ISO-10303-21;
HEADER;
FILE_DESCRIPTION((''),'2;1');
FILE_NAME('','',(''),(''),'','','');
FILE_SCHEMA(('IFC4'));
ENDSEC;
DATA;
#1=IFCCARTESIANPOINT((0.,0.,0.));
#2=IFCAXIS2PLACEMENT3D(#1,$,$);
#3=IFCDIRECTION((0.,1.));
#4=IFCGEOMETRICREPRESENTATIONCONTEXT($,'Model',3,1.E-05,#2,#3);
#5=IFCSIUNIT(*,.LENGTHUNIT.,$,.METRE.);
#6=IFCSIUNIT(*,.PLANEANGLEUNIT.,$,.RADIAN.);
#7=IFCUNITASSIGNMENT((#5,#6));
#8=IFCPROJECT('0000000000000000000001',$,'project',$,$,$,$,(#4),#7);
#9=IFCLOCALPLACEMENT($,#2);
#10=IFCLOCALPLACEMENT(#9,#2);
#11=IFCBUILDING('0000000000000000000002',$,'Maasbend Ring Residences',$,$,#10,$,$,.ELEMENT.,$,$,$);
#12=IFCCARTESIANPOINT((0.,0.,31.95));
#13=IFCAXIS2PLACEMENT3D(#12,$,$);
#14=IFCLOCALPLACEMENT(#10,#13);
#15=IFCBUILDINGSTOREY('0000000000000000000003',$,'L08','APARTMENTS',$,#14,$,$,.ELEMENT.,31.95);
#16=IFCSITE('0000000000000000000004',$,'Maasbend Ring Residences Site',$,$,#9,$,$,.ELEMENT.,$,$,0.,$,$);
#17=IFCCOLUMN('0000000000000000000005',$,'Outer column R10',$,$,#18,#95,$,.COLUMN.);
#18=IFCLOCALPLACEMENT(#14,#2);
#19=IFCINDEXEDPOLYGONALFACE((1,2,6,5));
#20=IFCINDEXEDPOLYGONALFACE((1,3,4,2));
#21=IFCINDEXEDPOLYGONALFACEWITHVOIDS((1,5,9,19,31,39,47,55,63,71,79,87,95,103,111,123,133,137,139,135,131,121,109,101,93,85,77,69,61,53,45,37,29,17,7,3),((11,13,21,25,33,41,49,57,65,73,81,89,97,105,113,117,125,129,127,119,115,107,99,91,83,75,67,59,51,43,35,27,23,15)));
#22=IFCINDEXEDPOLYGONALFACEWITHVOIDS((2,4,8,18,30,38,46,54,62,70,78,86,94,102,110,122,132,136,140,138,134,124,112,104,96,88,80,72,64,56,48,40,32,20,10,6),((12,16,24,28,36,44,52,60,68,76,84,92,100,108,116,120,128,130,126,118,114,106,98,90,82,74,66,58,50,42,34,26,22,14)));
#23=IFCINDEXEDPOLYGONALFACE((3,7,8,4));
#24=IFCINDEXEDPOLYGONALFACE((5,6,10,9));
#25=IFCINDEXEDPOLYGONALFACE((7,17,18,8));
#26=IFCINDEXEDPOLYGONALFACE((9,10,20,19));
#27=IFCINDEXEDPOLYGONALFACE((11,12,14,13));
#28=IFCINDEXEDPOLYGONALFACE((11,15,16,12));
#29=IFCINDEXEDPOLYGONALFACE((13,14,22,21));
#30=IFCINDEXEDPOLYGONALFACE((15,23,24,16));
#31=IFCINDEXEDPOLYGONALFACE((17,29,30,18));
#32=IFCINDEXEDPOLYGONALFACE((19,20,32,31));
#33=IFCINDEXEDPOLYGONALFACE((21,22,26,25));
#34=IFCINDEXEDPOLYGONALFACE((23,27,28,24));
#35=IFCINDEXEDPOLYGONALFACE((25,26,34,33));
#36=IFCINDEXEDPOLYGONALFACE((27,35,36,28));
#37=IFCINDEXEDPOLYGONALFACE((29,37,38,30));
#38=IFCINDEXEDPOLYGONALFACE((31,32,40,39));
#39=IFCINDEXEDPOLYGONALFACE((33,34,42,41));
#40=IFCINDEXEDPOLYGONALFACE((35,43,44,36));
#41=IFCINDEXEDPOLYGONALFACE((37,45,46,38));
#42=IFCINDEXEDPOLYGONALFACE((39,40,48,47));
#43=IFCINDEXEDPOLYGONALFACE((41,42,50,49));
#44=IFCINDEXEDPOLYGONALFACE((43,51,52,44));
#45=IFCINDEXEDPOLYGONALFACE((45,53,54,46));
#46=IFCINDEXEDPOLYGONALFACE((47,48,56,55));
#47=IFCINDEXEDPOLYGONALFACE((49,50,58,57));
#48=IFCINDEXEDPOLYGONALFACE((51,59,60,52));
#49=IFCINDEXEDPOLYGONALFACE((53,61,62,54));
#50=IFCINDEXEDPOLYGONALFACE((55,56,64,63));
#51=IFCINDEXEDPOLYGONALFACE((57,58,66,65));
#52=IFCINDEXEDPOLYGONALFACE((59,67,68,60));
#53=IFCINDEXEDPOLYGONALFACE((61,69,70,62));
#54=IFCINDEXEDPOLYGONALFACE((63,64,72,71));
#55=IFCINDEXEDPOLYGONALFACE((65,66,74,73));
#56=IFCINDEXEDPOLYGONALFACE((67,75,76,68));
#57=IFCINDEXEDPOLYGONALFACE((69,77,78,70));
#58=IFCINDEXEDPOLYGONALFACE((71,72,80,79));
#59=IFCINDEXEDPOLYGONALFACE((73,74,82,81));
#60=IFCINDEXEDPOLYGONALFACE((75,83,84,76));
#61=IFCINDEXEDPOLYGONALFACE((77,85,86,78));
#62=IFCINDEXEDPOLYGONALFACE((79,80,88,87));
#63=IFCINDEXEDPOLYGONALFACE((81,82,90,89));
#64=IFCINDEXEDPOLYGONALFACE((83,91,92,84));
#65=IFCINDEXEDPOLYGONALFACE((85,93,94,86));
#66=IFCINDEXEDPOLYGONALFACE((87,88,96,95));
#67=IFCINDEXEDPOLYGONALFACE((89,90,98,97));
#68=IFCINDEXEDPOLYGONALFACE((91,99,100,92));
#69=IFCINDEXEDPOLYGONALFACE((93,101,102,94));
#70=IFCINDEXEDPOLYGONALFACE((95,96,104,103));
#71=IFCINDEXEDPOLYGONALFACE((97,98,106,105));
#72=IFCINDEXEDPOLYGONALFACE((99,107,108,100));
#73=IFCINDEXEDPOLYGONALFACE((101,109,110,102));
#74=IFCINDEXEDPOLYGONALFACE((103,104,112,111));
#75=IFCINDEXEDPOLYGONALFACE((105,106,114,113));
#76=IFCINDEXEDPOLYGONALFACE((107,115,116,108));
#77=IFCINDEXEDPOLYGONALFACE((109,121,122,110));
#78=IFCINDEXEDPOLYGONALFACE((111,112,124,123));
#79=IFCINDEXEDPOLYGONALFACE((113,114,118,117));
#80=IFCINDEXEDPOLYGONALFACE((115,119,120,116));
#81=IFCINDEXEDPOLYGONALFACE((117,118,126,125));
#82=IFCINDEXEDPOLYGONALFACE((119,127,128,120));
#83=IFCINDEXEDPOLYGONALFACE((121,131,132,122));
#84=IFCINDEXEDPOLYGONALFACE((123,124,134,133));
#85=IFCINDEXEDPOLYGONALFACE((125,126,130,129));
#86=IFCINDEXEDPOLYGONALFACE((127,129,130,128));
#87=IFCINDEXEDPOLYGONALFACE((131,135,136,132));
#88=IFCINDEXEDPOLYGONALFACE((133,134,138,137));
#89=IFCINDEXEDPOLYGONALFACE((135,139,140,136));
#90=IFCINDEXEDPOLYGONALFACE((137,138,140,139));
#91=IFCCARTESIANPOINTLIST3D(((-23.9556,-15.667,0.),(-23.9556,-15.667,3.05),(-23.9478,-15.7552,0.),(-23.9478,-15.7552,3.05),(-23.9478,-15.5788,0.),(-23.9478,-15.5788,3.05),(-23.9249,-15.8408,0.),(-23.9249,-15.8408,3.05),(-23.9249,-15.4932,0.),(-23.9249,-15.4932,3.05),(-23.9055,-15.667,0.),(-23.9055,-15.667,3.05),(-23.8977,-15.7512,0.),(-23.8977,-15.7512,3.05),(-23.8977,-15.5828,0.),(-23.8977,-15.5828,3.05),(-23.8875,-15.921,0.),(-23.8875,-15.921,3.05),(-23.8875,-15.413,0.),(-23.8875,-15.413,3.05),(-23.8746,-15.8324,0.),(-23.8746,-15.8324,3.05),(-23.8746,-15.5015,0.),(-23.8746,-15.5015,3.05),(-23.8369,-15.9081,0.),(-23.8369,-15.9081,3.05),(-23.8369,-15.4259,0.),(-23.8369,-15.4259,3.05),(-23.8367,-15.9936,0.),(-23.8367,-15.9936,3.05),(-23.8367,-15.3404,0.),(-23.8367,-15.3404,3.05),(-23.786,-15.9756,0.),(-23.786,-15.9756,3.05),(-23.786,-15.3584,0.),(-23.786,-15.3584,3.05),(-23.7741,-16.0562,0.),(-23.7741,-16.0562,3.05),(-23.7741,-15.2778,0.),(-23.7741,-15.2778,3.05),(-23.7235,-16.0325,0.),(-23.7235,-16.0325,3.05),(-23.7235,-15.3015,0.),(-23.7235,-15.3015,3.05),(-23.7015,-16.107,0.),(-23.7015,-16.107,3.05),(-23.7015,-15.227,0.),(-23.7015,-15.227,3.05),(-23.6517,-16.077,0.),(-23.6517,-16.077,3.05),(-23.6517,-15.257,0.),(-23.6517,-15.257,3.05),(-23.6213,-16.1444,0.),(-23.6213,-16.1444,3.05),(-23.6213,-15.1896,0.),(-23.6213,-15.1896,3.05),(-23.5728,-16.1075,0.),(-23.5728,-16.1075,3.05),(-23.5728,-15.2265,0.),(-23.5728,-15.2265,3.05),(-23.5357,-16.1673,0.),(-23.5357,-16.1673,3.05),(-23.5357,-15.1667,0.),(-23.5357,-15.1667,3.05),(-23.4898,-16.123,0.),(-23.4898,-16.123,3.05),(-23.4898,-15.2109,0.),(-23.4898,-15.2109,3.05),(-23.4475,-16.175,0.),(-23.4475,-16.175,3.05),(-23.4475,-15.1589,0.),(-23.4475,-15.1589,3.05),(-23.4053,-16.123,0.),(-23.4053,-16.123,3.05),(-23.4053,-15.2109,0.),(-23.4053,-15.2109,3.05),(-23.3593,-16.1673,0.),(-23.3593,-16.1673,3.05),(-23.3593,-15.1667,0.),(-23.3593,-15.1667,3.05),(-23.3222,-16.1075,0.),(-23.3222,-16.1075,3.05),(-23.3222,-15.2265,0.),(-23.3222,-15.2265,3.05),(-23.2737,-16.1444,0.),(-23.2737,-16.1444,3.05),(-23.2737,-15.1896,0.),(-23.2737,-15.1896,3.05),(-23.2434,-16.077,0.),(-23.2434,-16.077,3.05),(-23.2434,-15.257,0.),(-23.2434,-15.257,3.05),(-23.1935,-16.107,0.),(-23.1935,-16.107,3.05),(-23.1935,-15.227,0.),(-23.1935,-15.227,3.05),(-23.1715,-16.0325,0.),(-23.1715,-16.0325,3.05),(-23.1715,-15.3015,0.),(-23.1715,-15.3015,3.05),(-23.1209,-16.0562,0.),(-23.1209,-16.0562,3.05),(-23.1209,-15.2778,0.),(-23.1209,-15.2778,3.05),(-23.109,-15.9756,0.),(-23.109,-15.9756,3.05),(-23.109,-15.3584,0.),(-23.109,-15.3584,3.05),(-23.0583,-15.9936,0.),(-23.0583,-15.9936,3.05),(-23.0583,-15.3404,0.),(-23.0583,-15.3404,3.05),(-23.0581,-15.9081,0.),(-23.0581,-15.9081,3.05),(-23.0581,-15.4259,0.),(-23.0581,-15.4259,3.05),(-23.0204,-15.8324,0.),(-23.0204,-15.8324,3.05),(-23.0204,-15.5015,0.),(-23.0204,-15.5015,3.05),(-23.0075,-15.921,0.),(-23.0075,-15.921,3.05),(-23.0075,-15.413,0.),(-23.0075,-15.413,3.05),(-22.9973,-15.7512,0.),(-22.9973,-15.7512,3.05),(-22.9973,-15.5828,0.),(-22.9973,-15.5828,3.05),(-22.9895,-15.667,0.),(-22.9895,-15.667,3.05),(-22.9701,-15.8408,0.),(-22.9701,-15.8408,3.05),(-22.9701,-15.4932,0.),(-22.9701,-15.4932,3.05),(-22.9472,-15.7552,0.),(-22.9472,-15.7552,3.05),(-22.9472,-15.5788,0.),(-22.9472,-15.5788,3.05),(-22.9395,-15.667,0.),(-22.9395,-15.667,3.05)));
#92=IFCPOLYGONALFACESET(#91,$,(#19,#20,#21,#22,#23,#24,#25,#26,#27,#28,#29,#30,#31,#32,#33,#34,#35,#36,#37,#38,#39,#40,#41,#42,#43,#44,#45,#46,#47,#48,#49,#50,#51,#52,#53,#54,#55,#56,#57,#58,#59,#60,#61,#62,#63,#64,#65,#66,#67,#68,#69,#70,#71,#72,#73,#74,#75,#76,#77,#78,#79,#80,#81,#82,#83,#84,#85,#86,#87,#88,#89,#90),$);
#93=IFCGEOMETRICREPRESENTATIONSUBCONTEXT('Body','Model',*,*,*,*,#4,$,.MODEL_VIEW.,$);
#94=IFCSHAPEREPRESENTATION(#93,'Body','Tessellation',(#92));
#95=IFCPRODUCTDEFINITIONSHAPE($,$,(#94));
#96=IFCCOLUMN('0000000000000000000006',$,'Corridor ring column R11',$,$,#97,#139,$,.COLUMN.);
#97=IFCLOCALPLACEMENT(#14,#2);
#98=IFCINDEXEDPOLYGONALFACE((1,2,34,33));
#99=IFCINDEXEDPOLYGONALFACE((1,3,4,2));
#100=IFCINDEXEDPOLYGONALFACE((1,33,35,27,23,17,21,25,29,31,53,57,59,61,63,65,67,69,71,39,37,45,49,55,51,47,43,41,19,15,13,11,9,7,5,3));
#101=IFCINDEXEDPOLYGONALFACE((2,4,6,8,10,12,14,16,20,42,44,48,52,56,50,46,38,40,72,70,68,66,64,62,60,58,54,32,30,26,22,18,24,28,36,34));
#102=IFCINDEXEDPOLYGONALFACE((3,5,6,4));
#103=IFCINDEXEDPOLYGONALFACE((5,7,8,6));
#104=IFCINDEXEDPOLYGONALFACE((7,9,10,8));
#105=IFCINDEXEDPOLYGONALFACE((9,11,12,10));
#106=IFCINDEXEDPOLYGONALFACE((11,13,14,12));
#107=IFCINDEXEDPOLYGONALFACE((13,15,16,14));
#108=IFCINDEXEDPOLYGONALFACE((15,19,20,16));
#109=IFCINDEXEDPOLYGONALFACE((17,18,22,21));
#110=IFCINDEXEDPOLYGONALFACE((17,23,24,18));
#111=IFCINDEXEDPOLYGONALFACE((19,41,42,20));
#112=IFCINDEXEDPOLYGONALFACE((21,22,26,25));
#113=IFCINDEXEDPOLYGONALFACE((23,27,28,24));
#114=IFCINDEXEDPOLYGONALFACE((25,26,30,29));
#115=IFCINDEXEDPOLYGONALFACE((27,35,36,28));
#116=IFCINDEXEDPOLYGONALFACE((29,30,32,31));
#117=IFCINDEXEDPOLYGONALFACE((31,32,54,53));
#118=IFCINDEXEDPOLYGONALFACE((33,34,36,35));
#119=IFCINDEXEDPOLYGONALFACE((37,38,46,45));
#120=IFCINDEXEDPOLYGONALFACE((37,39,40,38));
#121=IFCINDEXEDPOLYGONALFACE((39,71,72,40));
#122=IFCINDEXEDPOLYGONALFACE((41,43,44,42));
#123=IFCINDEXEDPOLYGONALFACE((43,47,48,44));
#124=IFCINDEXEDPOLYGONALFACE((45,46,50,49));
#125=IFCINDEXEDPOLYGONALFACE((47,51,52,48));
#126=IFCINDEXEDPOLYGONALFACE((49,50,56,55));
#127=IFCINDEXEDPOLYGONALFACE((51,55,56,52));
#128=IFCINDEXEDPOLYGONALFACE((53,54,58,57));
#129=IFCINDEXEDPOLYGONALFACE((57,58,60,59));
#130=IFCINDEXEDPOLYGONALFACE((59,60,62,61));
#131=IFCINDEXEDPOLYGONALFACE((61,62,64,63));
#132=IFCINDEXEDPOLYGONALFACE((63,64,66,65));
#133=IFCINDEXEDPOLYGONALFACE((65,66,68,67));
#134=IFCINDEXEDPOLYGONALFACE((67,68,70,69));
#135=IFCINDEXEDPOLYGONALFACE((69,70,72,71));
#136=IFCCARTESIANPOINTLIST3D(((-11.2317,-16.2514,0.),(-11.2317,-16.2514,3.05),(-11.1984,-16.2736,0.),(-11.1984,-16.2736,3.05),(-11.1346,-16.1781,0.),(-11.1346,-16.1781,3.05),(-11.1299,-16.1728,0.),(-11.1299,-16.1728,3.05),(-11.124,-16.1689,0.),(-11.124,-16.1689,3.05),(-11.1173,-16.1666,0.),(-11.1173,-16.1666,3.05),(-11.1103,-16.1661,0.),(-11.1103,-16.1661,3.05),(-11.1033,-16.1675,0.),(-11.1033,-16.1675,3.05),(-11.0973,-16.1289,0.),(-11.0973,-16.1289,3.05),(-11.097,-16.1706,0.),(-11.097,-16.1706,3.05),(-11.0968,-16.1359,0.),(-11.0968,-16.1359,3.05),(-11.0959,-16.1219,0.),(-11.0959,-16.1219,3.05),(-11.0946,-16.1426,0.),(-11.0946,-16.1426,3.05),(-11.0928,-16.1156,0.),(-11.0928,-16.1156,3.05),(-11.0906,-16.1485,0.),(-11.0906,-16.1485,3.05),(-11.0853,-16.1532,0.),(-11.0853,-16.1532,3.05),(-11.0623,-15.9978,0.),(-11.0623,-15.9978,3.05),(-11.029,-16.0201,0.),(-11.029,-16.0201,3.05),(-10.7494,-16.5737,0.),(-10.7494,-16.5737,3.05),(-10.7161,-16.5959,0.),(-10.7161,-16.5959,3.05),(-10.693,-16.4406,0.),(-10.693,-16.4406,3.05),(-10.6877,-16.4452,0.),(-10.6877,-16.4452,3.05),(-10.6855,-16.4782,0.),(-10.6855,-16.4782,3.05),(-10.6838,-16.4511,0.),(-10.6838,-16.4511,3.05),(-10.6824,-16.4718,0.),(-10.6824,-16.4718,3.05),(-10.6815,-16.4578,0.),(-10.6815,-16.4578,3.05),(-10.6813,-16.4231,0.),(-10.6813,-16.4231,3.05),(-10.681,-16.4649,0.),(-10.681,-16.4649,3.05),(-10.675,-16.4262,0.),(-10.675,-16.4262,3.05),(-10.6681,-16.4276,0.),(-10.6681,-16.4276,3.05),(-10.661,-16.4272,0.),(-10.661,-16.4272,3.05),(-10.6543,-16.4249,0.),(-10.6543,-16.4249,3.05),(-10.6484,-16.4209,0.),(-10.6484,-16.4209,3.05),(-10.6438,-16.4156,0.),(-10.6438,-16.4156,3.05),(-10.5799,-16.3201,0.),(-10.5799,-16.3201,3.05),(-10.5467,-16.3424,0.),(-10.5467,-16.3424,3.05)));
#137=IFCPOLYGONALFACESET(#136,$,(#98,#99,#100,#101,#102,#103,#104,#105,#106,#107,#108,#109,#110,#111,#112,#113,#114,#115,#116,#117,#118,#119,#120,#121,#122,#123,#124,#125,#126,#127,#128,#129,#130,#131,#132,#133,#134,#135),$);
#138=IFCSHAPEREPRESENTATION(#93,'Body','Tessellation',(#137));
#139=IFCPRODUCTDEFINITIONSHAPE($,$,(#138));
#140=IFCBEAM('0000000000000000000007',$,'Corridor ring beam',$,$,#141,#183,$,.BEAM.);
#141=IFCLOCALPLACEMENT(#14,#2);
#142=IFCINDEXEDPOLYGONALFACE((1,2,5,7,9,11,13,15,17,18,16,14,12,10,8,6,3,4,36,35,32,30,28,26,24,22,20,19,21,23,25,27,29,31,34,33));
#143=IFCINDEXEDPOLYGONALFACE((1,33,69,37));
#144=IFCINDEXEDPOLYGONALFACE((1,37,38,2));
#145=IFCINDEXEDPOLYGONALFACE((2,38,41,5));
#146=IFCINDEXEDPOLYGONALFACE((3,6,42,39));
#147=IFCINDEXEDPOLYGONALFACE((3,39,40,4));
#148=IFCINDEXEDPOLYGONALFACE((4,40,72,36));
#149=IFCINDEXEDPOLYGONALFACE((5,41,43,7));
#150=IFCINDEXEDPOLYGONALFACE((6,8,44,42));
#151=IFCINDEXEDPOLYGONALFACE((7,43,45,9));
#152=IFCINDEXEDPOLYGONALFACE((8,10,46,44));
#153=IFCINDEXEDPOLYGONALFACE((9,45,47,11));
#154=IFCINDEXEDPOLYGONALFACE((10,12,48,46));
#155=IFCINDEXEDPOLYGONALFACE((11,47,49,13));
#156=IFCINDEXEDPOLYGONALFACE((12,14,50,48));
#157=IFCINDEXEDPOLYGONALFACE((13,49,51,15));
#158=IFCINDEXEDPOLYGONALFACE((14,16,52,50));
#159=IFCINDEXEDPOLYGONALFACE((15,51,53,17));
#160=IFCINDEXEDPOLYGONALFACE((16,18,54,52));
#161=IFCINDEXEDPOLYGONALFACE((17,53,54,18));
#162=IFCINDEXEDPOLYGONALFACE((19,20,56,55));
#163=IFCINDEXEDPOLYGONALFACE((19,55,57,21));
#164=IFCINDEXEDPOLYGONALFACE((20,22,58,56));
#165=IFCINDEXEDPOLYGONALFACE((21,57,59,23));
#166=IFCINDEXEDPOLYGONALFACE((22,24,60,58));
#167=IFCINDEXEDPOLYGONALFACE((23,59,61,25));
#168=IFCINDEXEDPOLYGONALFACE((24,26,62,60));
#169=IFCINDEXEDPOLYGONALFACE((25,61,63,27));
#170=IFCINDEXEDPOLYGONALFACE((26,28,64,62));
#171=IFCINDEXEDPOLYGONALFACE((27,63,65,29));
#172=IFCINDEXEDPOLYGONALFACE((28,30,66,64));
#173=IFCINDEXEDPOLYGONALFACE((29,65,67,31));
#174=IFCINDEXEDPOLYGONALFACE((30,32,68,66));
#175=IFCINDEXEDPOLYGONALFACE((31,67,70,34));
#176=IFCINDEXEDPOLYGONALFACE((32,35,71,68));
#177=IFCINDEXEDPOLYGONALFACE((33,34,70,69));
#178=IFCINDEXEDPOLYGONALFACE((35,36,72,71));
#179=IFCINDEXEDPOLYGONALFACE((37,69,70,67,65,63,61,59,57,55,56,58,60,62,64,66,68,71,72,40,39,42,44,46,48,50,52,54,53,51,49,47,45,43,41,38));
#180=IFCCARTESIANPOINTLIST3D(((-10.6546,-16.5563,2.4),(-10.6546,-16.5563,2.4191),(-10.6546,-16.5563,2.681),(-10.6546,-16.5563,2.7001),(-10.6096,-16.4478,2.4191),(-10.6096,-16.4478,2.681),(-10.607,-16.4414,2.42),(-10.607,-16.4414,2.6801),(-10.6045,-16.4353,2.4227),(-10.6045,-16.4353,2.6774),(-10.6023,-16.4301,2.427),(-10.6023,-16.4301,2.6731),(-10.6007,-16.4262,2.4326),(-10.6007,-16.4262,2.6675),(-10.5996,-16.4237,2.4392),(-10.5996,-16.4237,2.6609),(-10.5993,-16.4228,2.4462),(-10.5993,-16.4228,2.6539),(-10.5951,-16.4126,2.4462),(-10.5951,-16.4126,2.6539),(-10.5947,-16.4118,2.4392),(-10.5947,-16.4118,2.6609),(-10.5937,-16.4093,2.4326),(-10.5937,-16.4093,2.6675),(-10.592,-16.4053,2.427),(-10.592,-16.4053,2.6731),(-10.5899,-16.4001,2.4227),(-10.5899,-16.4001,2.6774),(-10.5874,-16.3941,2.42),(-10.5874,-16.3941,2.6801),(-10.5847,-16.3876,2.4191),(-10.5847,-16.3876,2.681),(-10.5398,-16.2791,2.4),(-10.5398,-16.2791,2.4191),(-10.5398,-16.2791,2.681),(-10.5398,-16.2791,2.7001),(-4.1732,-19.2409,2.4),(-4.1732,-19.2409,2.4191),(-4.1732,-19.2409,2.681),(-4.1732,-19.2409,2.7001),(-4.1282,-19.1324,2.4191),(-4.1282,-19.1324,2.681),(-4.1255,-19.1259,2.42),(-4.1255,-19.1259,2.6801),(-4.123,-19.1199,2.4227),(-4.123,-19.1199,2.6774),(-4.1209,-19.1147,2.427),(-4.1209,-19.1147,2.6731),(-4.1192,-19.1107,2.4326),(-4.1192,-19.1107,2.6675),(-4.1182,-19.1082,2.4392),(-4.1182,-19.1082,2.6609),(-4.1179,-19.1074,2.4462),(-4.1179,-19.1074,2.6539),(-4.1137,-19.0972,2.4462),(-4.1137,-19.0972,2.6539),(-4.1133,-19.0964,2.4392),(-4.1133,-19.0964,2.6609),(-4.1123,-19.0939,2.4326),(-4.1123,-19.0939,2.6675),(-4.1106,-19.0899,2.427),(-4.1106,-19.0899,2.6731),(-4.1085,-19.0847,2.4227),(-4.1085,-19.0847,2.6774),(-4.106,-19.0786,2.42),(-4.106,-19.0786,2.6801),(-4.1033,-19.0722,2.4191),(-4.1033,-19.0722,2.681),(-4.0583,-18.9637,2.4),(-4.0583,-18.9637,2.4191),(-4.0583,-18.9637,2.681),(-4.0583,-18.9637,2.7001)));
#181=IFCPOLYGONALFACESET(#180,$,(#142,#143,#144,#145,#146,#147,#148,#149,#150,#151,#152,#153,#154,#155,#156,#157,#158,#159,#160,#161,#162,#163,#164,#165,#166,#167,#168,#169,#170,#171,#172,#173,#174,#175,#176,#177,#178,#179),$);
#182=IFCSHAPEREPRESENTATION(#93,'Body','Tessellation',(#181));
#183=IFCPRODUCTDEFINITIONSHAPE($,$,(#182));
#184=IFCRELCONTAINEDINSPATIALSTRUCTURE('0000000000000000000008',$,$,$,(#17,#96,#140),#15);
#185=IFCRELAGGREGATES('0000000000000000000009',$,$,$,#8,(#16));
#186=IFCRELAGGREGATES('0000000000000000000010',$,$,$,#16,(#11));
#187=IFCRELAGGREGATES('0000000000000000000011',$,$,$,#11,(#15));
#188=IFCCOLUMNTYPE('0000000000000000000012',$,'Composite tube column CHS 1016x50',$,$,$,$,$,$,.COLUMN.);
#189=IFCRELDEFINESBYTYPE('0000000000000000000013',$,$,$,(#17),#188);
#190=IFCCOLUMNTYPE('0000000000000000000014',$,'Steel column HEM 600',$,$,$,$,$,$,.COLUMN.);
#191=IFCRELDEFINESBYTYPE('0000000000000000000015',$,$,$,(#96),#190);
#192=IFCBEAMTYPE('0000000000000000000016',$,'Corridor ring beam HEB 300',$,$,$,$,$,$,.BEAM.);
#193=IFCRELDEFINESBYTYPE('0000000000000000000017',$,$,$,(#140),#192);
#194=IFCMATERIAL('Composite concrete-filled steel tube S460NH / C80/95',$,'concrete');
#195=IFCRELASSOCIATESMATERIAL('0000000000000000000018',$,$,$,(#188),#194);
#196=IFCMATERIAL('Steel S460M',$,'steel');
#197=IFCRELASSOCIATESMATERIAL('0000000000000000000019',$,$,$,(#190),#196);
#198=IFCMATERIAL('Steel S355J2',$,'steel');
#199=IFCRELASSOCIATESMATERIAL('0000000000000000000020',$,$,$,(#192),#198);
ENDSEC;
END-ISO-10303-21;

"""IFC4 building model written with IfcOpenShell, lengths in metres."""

from ifc_helpers import new_model, si_unit, direction, frame, origin, origin_2d, place, context, subcontext, project, spatial, hollow_circle, i_section, extrude, material, material_profile, profile_set, type_object, element, save


model = new_model("IFC4")

# Units and contexts
model_context = context("Model", 3, precision=1e-05, world=origin(), true_north=direction((0.0, 1.0)))
body_context = subcontext(model_context, "Body", "Model", "MODEL_VIEW")
ifc_project = project(units=[si_unit("LENGTHUNIT", "METRE"), si_unit("PLANEANGLEUNIT", "RADIAN")], contexts=[model_context])

# Site, building, storey
site_placement = place(None, origin())
site = spatial("IfcSite", under=ifc_project, at=site_placement, Name="Maasbend Ring Residences Site", CompositionType="ELEMENT", RefElevation=0.0)
building_placement = place(site_placement, origin())
building = spatial("IfcBuilding", under=site, at=building_placement, Name="Maasbend Ring Residences", CompositionType="ELEMENT")
storey_placement = place(building_placement, frame((0.0, 0.0, 31.95)))
storey = spatial("IfcBuildingStorey", under=building, at=storey_placement, Name="L08", Description="APARTMENTS", CompositionType="ELEMENT", Elevation=31.95)

# Columns
ifc_material_1 = material(Name="Composite concrete-filled steel tube S460NH / C80/95", Category="concrete")
ifc_material_profile_1 = material_profile(ifc_material_1, hollow_circle(Radius=0.5081, WallThickness=0.05, at=origin_2d()), Name="Composite tube column CHS 1016x50")
ifc_profile_set_1 = profile_set([ifc_material_profile_1], Name="Composite concrete-filled steel tube S460NH / C80/95")
column_type_1 = type_object("IfcColumnType", Name="Composite tube column CHS 1016x50", PredefinedType="COLUMN", material=ifc_profile_set_1)
column_1_placement = place(storey_placement, frame((-23.4475, -15.667, 0.0), z_axis=(0.0, 0.0, 1.0), x_axis=(1.0, 0.0, 0.0)))
element("IfcColumn", 1, at=column_1_placement, inside=storey, type_object=column_type_1, Name="Outer column R10", PredefinedType="COLUMN", context=body_context, shape_type="SweptSolid", body=[
    extrude(hollow_circle(Radius=0.5081, WallThickness=0.05, at=origin_2d()), origin(), (0.0, 0.0, 1.0), 3.05),
])
ifc_material_2 = material(Name="Steel S460M", Category="steel")
ifc_material_profile_2 = material_profile(ifc_material_2, i_section(OverallWidth=0.3049, OverallDepth=0.6201, WebThickness=0.021, FlangeThickness=0.04, FilletRadius=0.0271, at=origin_2d()), Name="HEM 600")
ifc_profile_set_2 = profile_set([ifc_material_profile_2], Name="Steel S460M")
column_type_2 = type_object("IfcColumnType", Name="Steel column HEM 600", PredefinedType="COLUMN", material=ifc_profile_set_2)
column_2_placement = place(storey_placement, frame((-10.8892, -16.2969, 0.0), z_axis=(0.0, 0.0, 1.0), x_axis=(-0.55557, -0.83147, 0.0)))
element("IfcColumn", 2, at=column_2_placement, inside=storey, type_object=column_type_2, Name="Corridor ring column R11", PredefinedType="COLUMN", context=body_context, shape_type="SweptSolid", body=[
    extrude(i_section(OverallWidth=0.3049, OverallDepth=0.6201, WebThickness=0.021, FlangeThickness=0.04, FilletRadius=0.0271, at=origin_2d()), origin(), (0.0, 0.0, 1.0), 3.05),
])

# Beam
ifc_material_3 = material(Name="Steel S355J2", Category="steel")
ifc_material_profile_3 = material_profile(ifc_material_3, i_section(OverallWidth=0.3, OverallDepth=0.3, WebThickness=0.011, FlangeThickness=0.019, FilletRadius=0.0271, at=origin_2d()), Name="HEB 300")
ifc_profile_set_3 = profile_set([ifc_material_profile_3], Name="Steel S355J2")
beam_type_1 = type_object("IfcBeamType", Name="Corridor ring beam HEB 300", PredefinedType="BEAM", material=ifc_profile_set_3)
beam_1_placement = place(storey_placement, frame((-10.5972, -16.4177, 2.55), z_axis=(0.923886, -0.382667, 0.0), x_axis=(0.382667, 0.923886, 0.0)))
element("IfcBeam", 3, at=beam_1_placement, inside=storey, type_object=beam_type_1, Name="Corridor ring beam", PredefinedType="BEAM", context=body_context, shape_type="SweptSolid", body=[
    extrude(i_section(OverallWidth=0.3, OverallDepth=0.3, WebThickness=0.011, FlangeThickness=0.019, FilletRadius=0.0271, at=origin_2d()), origin(), (0.0, 0.0, 1.0), 7.0154),
])

save(model, "model.ifc")
